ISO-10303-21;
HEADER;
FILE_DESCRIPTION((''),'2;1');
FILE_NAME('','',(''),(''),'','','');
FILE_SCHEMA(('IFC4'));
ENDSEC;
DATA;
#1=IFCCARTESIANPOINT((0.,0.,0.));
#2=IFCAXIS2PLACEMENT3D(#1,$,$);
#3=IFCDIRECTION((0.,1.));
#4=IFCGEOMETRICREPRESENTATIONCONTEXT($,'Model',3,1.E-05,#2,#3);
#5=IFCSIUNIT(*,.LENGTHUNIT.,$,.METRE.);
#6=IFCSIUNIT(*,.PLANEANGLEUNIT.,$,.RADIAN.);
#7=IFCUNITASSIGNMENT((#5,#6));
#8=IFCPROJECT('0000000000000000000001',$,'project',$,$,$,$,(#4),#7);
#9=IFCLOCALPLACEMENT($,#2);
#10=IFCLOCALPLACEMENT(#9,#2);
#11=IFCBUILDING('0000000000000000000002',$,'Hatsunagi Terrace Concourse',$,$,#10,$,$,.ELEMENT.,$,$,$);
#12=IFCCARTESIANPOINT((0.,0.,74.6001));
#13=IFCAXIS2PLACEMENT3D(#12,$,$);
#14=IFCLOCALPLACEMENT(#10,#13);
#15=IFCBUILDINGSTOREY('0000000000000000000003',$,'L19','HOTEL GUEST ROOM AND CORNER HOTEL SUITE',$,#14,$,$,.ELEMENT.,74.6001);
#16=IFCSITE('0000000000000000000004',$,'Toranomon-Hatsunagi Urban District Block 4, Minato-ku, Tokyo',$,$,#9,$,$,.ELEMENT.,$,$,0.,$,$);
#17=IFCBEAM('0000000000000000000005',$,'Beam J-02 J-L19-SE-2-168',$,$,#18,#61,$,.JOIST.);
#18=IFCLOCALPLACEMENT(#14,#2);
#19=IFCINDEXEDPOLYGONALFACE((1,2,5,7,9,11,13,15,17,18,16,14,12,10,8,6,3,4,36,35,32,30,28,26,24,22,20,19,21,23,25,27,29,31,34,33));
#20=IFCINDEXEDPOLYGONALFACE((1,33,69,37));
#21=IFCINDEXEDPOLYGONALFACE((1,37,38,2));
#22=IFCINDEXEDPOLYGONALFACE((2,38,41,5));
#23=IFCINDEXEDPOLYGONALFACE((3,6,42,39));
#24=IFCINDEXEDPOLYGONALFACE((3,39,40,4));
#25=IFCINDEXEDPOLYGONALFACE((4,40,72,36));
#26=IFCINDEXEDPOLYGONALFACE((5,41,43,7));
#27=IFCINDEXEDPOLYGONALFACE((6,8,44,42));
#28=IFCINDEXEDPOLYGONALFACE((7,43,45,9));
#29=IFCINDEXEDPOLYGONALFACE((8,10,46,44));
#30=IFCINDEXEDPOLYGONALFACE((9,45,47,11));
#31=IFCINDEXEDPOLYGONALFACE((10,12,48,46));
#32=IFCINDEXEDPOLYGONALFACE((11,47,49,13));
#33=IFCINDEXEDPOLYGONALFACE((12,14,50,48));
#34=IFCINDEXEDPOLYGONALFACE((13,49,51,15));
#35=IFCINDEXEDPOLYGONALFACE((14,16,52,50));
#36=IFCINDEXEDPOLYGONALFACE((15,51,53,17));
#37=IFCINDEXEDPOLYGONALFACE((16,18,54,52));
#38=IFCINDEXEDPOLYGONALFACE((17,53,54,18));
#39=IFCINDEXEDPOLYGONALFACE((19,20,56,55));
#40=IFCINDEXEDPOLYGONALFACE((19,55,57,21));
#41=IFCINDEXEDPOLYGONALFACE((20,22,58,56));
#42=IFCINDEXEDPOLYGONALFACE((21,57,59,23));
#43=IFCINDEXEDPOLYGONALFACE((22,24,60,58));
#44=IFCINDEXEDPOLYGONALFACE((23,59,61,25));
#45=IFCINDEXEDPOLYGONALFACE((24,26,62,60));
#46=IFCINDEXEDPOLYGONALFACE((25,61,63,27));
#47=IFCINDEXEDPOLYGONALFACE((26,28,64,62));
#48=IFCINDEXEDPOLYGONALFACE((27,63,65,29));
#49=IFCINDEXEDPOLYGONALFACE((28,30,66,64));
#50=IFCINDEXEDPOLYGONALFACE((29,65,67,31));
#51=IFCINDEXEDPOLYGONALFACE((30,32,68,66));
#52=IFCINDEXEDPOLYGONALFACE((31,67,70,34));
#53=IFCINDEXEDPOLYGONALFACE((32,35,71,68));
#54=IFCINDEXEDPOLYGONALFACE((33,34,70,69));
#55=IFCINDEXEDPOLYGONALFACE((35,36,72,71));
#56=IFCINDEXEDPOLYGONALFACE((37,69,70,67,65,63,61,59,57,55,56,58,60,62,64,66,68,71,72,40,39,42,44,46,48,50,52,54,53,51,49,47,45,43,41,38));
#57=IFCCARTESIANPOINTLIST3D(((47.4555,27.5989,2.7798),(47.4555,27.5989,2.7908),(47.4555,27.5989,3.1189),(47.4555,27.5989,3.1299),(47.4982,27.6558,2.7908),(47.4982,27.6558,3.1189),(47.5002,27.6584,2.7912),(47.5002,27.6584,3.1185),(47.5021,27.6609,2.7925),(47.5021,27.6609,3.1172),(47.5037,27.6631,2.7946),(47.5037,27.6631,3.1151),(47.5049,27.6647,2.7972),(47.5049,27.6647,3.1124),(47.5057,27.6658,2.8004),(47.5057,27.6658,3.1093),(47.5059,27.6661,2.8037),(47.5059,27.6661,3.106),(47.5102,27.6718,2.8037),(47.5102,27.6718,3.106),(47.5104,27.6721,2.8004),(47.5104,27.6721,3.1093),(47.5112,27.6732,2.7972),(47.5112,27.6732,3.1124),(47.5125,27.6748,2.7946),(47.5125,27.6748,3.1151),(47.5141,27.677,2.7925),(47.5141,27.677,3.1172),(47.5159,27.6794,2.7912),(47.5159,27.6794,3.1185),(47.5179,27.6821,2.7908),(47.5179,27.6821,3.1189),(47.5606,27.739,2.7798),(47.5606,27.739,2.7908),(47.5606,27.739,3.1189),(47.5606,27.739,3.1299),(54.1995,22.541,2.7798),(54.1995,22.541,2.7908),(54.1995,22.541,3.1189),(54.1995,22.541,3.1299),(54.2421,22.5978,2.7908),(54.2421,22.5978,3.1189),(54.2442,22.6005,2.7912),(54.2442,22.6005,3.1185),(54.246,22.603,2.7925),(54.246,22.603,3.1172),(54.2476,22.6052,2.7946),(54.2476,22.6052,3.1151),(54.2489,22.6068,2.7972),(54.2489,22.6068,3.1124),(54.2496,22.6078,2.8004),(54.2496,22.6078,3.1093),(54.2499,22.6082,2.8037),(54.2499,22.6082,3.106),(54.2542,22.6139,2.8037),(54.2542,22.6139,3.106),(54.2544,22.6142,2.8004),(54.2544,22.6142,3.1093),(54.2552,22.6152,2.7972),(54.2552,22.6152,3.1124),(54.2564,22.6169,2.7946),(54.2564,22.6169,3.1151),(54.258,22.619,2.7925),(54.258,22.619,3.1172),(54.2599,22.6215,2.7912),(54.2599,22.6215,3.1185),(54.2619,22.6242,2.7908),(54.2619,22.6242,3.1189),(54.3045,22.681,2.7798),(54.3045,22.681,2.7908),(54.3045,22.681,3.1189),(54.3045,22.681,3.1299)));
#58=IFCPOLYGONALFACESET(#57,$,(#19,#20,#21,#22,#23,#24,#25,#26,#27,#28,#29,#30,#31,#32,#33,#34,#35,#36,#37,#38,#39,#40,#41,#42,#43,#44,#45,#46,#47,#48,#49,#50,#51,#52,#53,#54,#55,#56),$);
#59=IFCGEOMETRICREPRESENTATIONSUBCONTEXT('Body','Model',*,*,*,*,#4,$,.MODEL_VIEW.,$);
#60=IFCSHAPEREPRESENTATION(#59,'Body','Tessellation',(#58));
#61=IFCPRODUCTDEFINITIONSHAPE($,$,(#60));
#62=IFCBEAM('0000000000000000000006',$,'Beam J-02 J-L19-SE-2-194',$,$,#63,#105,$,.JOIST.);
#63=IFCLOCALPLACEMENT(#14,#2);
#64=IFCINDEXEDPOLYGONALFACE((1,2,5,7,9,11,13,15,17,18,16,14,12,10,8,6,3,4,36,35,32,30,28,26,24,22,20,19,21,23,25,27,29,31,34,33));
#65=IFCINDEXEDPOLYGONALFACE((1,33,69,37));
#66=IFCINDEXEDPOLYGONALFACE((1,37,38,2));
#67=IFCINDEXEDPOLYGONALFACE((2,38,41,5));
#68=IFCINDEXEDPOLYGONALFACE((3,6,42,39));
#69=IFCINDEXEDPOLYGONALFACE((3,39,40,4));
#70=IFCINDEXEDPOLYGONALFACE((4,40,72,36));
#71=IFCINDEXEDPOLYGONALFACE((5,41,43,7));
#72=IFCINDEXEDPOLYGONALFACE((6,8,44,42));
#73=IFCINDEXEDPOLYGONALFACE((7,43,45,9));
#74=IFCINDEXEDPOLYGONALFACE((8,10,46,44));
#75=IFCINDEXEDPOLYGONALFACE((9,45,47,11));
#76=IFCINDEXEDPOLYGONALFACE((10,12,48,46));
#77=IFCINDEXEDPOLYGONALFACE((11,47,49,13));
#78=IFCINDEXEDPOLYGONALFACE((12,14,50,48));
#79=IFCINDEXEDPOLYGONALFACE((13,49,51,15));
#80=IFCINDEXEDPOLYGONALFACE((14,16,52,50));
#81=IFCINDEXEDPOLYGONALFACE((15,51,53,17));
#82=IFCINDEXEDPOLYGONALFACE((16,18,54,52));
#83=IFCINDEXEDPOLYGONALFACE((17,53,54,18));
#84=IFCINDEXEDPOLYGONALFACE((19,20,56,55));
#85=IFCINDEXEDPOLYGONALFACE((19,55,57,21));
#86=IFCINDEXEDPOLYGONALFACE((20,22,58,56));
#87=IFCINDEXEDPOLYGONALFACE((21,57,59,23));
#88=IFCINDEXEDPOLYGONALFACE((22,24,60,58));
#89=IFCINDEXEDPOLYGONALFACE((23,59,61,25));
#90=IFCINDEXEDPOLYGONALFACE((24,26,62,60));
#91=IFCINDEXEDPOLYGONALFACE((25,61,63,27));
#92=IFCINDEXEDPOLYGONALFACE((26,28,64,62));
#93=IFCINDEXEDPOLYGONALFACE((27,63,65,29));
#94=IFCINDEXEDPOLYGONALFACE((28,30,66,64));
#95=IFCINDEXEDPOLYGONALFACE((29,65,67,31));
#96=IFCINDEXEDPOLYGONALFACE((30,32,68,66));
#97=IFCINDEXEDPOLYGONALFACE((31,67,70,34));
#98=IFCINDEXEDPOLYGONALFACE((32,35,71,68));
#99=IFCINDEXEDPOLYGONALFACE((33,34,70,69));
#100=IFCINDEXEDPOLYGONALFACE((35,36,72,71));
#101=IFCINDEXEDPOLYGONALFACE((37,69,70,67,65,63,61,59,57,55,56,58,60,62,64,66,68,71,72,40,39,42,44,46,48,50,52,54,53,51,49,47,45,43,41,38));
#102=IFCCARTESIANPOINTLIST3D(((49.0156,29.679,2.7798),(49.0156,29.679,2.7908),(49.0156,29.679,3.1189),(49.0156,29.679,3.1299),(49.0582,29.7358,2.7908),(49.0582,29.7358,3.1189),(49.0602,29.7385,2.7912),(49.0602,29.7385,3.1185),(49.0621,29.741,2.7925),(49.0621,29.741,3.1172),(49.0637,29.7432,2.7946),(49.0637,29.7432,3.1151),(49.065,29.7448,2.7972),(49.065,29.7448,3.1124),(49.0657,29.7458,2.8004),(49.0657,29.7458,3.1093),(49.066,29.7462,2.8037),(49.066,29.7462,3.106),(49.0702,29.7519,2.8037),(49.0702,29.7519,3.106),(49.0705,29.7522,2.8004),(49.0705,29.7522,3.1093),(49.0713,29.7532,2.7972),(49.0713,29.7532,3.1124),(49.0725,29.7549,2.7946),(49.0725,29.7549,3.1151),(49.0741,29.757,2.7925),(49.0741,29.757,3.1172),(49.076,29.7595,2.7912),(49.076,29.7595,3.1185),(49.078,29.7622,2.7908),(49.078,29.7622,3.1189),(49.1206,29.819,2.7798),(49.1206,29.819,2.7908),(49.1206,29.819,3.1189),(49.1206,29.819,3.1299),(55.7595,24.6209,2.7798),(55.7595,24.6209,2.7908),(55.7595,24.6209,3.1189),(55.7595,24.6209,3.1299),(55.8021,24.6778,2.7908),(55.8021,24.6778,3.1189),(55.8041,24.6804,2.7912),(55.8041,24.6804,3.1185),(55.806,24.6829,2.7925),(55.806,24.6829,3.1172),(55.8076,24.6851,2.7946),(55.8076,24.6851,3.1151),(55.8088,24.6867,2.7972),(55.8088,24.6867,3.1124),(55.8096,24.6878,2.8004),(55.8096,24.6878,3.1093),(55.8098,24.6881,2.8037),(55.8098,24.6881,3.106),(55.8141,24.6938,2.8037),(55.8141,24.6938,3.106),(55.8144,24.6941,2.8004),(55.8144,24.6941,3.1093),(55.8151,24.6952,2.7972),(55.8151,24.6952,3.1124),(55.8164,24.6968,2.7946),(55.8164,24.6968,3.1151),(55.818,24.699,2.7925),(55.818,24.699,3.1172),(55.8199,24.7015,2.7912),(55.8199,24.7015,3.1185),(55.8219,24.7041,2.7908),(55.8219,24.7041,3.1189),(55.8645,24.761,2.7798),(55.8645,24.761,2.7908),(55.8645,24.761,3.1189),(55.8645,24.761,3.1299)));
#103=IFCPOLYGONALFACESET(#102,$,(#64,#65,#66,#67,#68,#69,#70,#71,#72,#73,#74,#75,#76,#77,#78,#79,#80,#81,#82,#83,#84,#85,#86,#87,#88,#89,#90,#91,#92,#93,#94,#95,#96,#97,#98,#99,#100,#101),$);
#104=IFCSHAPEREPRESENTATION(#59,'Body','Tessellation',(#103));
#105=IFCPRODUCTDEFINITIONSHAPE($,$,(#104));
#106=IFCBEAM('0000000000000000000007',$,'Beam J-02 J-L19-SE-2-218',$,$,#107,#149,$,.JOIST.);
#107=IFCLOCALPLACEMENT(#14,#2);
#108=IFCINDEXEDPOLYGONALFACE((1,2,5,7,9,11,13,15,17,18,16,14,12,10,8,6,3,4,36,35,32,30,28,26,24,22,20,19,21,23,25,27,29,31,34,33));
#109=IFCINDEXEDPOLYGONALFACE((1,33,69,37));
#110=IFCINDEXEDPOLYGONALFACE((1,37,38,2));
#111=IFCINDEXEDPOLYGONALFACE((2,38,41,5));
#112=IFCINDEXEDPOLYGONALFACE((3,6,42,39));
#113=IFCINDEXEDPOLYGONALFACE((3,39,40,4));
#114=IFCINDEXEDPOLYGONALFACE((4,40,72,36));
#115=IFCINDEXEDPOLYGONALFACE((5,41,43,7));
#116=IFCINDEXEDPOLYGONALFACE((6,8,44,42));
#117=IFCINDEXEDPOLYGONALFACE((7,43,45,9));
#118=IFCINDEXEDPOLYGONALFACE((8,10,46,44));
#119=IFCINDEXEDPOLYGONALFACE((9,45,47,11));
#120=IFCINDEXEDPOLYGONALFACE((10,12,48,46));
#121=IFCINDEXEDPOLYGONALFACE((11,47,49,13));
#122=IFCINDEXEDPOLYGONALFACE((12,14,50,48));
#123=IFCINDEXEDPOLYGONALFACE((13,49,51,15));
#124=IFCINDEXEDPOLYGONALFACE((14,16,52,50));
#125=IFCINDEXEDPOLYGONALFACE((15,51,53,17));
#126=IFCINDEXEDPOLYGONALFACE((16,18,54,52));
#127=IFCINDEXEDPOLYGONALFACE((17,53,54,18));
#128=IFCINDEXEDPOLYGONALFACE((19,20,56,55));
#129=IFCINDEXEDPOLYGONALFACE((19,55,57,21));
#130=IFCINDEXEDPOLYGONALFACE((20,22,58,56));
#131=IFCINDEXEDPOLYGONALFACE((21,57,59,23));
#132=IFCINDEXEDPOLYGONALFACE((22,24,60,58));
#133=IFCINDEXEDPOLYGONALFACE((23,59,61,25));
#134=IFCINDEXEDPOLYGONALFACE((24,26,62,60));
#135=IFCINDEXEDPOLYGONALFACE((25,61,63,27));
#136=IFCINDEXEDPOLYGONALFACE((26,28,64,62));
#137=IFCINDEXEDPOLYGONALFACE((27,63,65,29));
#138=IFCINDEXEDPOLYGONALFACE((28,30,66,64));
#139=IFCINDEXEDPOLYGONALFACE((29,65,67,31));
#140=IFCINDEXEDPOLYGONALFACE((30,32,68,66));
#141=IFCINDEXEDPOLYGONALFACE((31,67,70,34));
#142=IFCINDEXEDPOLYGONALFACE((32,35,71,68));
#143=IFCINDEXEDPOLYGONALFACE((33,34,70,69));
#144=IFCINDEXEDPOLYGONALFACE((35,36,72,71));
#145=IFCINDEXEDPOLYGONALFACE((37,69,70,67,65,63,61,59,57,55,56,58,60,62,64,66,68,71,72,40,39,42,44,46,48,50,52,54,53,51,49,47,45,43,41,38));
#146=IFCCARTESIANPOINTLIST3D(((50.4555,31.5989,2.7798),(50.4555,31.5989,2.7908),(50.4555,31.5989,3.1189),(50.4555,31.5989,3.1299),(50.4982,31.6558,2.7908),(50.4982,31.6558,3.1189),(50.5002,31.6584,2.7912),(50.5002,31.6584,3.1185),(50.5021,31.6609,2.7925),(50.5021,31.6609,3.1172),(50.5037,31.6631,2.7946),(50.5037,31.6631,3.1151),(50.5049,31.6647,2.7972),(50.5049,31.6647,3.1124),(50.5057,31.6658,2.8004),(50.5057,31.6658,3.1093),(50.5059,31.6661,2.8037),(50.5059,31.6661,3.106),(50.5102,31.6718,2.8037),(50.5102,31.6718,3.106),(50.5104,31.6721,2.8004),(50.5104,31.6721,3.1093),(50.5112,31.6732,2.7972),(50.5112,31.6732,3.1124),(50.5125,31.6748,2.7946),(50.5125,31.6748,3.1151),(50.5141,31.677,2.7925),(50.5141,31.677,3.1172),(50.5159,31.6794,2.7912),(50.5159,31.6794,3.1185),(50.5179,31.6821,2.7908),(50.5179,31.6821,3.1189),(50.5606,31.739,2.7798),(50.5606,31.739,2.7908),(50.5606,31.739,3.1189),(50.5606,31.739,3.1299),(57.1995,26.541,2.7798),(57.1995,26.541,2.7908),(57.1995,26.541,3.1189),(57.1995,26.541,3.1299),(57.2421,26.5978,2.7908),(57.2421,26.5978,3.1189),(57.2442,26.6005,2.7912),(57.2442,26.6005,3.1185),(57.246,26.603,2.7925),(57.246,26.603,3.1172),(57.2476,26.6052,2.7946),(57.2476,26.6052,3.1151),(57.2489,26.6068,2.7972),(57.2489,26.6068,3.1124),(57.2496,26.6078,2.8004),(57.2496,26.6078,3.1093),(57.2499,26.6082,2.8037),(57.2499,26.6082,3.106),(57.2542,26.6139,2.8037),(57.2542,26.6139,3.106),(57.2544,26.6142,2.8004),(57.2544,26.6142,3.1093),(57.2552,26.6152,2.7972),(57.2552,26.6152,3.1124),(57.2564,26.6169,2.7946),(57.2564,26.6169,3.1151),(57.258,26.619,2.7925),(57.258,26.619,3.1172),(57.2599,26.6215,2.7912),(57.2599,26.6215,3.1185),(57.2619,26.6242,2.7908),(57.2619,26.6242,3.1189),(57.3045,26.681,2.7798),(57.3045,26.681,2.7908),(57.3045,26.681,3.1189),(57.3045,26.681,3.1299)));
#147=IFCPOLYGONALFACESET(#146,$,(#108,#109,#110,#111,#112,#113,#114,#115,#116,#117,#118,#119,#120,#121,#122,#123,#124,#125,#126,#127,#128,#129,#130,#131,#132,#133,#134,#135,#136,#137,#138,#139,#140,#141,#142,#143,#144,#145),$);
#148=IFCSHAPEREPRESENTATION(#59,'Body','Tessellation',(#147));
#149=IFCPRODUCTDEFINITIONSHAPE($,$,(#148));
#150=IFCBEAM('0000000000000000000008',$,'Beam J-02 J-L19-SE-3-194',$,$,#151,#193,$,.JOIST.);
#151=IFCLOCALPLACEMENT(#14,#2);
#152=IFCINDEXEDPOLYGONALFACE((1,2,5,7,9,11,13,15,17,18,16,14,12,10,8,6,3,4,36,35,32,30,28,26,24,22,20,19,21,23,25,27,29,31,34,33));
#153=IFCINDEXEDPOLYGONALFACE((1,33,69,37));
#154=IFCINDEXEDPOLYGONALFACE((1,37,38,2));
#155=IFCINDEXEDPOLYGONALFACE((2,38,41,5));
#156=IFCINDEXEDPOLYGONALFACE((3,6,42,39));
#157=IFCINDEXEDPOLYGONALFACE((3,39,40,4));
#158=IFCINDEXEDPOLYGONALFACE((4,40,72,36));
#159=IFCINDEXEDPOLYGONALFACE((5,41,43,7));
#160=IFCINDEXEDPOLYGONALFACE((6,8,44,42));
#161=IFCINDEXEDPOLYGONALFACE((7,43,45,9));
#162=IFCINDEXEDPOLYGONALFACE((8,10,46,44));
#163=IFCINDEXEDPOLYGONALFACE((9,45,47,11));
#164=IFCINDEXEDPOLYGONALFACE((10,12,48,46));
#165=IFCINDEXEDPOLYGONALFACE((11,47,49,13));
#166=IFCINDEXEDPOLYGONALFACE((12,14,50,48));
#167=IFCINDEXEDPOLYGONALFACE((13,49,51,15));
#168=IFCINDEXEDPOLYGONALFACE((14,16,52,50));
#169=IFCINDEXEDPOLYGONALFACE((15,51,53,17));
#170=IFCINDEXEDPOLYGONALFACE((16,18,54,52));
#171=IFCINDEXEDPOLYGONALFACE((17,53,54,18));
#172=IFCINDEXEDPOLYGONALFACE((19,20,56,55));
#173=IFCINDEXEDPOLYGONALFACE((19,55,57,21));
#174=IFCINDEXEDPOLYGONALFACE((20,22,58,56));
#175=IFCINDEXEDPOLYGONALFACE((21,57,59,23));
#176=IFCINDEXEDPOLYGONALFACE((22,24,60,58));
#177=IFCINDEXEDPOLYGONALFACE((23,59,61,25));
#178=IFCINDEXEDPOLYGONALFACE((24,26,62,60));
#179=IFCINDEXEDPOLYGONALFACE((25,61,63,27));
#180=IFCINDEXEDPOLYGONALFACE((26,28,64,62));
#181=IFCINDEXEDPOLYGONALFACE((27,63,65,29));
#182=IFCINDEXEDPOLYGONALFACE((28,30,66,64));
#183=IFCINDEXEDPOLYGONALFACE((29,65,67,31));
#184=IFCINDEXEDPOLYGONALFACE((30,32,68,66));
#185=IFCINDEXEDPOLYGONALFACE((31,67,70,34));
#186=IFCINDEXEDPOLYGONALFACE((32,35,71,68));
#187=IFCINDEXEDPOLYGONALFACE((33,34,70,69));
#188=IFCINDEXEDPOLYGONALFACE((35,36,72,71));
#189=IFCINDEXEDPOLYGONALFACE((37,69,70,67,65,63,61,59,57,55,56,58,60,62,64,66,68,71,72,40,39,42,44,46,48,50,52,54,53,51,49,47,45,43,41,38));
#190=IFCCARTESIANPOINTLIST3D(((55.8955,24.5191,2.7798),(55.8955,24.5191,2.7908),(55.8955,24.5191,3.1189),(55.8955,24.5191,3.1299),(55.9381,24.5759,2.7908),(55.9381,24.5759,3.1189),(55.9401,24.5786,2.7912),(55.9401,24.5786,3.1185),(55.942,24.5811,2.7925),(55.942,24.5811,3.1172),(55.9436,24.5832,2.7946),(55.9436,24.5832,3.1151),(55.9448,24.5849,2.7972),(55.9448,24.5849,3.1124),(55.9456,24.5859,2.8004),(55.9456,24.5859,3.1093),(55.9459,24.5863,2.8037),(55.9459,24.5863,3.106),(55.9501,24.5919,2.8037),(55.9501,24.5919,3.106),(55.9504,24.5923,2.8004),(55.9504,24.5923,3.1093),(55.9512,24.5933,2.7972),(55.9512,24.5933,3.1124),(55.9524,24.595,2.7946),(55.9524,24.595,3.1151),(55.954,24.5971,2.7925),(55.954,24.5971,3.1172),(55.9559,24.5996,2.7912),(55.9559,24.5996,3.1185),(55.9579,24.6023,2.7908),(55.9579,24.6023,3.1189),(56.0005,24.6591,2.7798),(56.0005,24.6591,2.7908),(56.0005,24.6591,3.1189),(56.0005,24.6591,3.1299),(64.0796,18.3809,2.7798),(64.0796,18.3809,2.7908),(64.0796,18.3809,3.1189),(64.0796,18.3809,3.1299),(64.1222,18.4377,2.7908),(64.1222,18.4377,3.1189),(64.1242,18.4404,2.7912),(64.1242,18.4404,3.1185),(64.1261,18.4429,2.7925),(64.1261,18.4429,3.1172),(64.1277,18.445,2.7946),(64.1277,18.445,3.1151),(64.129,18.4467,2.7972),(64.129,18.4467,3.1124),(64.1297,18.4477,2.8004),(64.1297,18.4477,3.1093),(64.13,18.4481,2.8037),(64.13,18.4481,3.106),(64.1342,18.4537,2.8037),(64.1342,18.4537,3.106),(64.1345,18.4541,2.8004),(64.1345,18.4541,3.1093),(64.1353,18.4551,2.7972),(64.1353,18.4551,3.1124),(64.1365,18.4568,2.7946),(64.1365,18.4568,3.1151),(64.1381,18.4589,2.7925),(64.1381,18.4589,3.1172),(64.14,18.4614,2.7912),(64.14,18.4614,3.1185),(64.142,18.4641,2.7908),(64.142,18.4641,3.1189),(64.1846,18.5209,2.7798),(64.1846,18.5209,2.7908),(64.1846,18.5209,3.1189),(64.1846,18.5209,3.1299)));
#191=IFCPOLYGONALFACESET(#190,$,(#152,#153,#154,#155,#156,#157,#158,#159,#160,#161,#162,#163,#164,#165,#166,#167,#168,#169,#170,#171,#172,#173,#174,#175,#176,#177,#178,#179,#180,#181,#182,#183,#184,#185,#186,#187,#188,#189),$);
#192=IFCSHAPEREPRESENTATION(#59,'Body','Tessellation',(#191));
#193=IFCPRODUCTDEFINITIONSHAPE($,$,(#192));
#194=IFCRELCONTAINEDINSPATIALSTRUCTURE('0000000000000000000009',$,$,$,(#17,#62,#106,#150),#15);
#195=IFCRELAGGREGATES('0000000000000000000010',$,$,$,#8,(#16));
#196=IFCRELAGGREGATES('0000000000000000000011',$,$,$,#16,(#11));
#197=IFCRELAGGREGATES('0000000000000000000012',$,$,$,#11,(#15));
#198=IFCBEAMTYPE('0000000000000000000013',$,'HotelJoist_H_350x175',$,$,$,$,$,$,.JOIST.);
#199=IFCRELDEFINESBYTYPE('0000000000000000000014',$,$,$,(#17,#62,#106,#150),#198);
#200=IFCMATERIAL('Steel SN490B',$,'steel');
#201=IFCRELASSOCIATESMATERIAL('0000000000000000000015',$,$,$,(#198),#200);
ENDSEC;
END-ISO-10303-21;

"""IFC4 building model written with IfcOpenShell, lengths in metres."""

from ifc_helpers import new_model, si_unit, direction, frame, origin, origin_2d, place, context, subcontext, project, spatial, i_section, extrude, material, material_profile, profile_set, type_object, element, save


model = new_model("IFC4")

# Units and contexts
model_context = context("Model", 3, precision=1e-05, world=origin(), true_north=direction((0.0, 1.0)))
body_context = subcontext(model_context, "Body", "Model", "MODEL_VIEW")
ifc_project = project(units=[si_unit("LENGTHUNIT", "METRE"), si_unit("PLANEANGLEUNIT", "RADIAN")], contexts=[model_context])

# Site, building, storey
site_placement = place(None, origin())
site = spatial("IfcSite", under=ifc_project, at=site_placement, Name="Toranomon-Hatsunagi Urban District Block 4, Minato-ku, Tokyo", CompositionType="ELEMENT", RefElevation=0.0)
building_placement = place(site_placement, origin())
building = spatial("IfcBuilding", under=site, at=building_placement, Name="Hatsunagi Terrace Concourse", CompositionType="ELEMENT")
storey_placement = place(building_placement, frame((0.0, 0.0, 74.6001)))
storey = spatial("IfcBuildingStorey", under=building, at=storey_placement, Name="L19", Description="HOTEL GUEST ROOM AND CORNER HOTEL SUITE", CompositionType="ELEMENT", Elevation=74.6001)

# Beams
ifc_material_1 = material(Name="Steel SN490B", Category="steel")
ifc_material_profile_1 = material_profile(ifc_material_1, i_section(OverallWidth=0.175, OverallDepth=0.3501, WebThickness=0.0071, FlangeThickness=0.011, FilletRadius=0.0129, at=origin_2d()), Name="H-350x175x7x11")
ifc_profile_set_1 = profile_set([ifc_material_profile_1], Name="Steel SN490B")
beam_type_1 = type_object("IfcBeamType", Name="HotelJoist_H_350x175", PredefinedType="JOIST", material=ifc_profile_set_1)
for number, where, z_axis, x_axis, name in (
    (1, (47.5081, 27.6689, 2.9548), (0.800003, -0.599995, 0.0), (0.599995, 0.800003, 0.0), "Beam J-02 J-L19-SE-2-168"),
    (2, (49.0681, 29.749, 2.9548), (0.79999, -0.600014, 0.0), (0.600014, 0.79999, 0.0), "Beam J-02 J-L19-SE-2-194"),
    (3, (50.5081, 31.6689, 2.9548), (0.800003, -0.599995, 0.0), (0.599995, 0.800003, 0.0), "Beam J-02 J-L19-SE-2-218"),
):
    element("IfcBeam", number, at=place(storey_placement, frame(where, z_axis=z_axis, x_axis=x_axis)), inside=storey, type_object=beam_type_1, Name=name, PredefinedType="JOIST", context=body_context, shape_type="SweptSolid", body=[
        extrude(i_section(OverallWidth=0.175, OverallDepth=0.3501, WebThickness=0.0071, FlangeThickness=0.011, FilletRadius=0.0129, at=origin_2d()), origin(), (0.0, 0.0, 1.0), 8.4299),
    ])
beam_1_placement = place(storey_placement, frame((55.948, 24.5891, 2.9548), z_axis=(0.799994, -0.600008, 0.0), x_axis=(0.600008, 0.799994, 0.0)))
element("IfcBeam", 4, at=beam_1_placement, inside=storey, type_object=beam_type_1, Name="Beam J-02 J-L19-SE-3-194", PredefinedType="JOIST", context=body_context, shape_type="SweptSolid", body=[
    extrude(i_section(OverallWidth=0.175, OverallDepth=0.3501, WebThickness=0.0071, FlangeThickness=0.011, FilletRadius=0.0129, at=origin_2d()), origin(), (0.0, 0.0, 1.0), 10.2302),
])

save(model, "model.ifc")
